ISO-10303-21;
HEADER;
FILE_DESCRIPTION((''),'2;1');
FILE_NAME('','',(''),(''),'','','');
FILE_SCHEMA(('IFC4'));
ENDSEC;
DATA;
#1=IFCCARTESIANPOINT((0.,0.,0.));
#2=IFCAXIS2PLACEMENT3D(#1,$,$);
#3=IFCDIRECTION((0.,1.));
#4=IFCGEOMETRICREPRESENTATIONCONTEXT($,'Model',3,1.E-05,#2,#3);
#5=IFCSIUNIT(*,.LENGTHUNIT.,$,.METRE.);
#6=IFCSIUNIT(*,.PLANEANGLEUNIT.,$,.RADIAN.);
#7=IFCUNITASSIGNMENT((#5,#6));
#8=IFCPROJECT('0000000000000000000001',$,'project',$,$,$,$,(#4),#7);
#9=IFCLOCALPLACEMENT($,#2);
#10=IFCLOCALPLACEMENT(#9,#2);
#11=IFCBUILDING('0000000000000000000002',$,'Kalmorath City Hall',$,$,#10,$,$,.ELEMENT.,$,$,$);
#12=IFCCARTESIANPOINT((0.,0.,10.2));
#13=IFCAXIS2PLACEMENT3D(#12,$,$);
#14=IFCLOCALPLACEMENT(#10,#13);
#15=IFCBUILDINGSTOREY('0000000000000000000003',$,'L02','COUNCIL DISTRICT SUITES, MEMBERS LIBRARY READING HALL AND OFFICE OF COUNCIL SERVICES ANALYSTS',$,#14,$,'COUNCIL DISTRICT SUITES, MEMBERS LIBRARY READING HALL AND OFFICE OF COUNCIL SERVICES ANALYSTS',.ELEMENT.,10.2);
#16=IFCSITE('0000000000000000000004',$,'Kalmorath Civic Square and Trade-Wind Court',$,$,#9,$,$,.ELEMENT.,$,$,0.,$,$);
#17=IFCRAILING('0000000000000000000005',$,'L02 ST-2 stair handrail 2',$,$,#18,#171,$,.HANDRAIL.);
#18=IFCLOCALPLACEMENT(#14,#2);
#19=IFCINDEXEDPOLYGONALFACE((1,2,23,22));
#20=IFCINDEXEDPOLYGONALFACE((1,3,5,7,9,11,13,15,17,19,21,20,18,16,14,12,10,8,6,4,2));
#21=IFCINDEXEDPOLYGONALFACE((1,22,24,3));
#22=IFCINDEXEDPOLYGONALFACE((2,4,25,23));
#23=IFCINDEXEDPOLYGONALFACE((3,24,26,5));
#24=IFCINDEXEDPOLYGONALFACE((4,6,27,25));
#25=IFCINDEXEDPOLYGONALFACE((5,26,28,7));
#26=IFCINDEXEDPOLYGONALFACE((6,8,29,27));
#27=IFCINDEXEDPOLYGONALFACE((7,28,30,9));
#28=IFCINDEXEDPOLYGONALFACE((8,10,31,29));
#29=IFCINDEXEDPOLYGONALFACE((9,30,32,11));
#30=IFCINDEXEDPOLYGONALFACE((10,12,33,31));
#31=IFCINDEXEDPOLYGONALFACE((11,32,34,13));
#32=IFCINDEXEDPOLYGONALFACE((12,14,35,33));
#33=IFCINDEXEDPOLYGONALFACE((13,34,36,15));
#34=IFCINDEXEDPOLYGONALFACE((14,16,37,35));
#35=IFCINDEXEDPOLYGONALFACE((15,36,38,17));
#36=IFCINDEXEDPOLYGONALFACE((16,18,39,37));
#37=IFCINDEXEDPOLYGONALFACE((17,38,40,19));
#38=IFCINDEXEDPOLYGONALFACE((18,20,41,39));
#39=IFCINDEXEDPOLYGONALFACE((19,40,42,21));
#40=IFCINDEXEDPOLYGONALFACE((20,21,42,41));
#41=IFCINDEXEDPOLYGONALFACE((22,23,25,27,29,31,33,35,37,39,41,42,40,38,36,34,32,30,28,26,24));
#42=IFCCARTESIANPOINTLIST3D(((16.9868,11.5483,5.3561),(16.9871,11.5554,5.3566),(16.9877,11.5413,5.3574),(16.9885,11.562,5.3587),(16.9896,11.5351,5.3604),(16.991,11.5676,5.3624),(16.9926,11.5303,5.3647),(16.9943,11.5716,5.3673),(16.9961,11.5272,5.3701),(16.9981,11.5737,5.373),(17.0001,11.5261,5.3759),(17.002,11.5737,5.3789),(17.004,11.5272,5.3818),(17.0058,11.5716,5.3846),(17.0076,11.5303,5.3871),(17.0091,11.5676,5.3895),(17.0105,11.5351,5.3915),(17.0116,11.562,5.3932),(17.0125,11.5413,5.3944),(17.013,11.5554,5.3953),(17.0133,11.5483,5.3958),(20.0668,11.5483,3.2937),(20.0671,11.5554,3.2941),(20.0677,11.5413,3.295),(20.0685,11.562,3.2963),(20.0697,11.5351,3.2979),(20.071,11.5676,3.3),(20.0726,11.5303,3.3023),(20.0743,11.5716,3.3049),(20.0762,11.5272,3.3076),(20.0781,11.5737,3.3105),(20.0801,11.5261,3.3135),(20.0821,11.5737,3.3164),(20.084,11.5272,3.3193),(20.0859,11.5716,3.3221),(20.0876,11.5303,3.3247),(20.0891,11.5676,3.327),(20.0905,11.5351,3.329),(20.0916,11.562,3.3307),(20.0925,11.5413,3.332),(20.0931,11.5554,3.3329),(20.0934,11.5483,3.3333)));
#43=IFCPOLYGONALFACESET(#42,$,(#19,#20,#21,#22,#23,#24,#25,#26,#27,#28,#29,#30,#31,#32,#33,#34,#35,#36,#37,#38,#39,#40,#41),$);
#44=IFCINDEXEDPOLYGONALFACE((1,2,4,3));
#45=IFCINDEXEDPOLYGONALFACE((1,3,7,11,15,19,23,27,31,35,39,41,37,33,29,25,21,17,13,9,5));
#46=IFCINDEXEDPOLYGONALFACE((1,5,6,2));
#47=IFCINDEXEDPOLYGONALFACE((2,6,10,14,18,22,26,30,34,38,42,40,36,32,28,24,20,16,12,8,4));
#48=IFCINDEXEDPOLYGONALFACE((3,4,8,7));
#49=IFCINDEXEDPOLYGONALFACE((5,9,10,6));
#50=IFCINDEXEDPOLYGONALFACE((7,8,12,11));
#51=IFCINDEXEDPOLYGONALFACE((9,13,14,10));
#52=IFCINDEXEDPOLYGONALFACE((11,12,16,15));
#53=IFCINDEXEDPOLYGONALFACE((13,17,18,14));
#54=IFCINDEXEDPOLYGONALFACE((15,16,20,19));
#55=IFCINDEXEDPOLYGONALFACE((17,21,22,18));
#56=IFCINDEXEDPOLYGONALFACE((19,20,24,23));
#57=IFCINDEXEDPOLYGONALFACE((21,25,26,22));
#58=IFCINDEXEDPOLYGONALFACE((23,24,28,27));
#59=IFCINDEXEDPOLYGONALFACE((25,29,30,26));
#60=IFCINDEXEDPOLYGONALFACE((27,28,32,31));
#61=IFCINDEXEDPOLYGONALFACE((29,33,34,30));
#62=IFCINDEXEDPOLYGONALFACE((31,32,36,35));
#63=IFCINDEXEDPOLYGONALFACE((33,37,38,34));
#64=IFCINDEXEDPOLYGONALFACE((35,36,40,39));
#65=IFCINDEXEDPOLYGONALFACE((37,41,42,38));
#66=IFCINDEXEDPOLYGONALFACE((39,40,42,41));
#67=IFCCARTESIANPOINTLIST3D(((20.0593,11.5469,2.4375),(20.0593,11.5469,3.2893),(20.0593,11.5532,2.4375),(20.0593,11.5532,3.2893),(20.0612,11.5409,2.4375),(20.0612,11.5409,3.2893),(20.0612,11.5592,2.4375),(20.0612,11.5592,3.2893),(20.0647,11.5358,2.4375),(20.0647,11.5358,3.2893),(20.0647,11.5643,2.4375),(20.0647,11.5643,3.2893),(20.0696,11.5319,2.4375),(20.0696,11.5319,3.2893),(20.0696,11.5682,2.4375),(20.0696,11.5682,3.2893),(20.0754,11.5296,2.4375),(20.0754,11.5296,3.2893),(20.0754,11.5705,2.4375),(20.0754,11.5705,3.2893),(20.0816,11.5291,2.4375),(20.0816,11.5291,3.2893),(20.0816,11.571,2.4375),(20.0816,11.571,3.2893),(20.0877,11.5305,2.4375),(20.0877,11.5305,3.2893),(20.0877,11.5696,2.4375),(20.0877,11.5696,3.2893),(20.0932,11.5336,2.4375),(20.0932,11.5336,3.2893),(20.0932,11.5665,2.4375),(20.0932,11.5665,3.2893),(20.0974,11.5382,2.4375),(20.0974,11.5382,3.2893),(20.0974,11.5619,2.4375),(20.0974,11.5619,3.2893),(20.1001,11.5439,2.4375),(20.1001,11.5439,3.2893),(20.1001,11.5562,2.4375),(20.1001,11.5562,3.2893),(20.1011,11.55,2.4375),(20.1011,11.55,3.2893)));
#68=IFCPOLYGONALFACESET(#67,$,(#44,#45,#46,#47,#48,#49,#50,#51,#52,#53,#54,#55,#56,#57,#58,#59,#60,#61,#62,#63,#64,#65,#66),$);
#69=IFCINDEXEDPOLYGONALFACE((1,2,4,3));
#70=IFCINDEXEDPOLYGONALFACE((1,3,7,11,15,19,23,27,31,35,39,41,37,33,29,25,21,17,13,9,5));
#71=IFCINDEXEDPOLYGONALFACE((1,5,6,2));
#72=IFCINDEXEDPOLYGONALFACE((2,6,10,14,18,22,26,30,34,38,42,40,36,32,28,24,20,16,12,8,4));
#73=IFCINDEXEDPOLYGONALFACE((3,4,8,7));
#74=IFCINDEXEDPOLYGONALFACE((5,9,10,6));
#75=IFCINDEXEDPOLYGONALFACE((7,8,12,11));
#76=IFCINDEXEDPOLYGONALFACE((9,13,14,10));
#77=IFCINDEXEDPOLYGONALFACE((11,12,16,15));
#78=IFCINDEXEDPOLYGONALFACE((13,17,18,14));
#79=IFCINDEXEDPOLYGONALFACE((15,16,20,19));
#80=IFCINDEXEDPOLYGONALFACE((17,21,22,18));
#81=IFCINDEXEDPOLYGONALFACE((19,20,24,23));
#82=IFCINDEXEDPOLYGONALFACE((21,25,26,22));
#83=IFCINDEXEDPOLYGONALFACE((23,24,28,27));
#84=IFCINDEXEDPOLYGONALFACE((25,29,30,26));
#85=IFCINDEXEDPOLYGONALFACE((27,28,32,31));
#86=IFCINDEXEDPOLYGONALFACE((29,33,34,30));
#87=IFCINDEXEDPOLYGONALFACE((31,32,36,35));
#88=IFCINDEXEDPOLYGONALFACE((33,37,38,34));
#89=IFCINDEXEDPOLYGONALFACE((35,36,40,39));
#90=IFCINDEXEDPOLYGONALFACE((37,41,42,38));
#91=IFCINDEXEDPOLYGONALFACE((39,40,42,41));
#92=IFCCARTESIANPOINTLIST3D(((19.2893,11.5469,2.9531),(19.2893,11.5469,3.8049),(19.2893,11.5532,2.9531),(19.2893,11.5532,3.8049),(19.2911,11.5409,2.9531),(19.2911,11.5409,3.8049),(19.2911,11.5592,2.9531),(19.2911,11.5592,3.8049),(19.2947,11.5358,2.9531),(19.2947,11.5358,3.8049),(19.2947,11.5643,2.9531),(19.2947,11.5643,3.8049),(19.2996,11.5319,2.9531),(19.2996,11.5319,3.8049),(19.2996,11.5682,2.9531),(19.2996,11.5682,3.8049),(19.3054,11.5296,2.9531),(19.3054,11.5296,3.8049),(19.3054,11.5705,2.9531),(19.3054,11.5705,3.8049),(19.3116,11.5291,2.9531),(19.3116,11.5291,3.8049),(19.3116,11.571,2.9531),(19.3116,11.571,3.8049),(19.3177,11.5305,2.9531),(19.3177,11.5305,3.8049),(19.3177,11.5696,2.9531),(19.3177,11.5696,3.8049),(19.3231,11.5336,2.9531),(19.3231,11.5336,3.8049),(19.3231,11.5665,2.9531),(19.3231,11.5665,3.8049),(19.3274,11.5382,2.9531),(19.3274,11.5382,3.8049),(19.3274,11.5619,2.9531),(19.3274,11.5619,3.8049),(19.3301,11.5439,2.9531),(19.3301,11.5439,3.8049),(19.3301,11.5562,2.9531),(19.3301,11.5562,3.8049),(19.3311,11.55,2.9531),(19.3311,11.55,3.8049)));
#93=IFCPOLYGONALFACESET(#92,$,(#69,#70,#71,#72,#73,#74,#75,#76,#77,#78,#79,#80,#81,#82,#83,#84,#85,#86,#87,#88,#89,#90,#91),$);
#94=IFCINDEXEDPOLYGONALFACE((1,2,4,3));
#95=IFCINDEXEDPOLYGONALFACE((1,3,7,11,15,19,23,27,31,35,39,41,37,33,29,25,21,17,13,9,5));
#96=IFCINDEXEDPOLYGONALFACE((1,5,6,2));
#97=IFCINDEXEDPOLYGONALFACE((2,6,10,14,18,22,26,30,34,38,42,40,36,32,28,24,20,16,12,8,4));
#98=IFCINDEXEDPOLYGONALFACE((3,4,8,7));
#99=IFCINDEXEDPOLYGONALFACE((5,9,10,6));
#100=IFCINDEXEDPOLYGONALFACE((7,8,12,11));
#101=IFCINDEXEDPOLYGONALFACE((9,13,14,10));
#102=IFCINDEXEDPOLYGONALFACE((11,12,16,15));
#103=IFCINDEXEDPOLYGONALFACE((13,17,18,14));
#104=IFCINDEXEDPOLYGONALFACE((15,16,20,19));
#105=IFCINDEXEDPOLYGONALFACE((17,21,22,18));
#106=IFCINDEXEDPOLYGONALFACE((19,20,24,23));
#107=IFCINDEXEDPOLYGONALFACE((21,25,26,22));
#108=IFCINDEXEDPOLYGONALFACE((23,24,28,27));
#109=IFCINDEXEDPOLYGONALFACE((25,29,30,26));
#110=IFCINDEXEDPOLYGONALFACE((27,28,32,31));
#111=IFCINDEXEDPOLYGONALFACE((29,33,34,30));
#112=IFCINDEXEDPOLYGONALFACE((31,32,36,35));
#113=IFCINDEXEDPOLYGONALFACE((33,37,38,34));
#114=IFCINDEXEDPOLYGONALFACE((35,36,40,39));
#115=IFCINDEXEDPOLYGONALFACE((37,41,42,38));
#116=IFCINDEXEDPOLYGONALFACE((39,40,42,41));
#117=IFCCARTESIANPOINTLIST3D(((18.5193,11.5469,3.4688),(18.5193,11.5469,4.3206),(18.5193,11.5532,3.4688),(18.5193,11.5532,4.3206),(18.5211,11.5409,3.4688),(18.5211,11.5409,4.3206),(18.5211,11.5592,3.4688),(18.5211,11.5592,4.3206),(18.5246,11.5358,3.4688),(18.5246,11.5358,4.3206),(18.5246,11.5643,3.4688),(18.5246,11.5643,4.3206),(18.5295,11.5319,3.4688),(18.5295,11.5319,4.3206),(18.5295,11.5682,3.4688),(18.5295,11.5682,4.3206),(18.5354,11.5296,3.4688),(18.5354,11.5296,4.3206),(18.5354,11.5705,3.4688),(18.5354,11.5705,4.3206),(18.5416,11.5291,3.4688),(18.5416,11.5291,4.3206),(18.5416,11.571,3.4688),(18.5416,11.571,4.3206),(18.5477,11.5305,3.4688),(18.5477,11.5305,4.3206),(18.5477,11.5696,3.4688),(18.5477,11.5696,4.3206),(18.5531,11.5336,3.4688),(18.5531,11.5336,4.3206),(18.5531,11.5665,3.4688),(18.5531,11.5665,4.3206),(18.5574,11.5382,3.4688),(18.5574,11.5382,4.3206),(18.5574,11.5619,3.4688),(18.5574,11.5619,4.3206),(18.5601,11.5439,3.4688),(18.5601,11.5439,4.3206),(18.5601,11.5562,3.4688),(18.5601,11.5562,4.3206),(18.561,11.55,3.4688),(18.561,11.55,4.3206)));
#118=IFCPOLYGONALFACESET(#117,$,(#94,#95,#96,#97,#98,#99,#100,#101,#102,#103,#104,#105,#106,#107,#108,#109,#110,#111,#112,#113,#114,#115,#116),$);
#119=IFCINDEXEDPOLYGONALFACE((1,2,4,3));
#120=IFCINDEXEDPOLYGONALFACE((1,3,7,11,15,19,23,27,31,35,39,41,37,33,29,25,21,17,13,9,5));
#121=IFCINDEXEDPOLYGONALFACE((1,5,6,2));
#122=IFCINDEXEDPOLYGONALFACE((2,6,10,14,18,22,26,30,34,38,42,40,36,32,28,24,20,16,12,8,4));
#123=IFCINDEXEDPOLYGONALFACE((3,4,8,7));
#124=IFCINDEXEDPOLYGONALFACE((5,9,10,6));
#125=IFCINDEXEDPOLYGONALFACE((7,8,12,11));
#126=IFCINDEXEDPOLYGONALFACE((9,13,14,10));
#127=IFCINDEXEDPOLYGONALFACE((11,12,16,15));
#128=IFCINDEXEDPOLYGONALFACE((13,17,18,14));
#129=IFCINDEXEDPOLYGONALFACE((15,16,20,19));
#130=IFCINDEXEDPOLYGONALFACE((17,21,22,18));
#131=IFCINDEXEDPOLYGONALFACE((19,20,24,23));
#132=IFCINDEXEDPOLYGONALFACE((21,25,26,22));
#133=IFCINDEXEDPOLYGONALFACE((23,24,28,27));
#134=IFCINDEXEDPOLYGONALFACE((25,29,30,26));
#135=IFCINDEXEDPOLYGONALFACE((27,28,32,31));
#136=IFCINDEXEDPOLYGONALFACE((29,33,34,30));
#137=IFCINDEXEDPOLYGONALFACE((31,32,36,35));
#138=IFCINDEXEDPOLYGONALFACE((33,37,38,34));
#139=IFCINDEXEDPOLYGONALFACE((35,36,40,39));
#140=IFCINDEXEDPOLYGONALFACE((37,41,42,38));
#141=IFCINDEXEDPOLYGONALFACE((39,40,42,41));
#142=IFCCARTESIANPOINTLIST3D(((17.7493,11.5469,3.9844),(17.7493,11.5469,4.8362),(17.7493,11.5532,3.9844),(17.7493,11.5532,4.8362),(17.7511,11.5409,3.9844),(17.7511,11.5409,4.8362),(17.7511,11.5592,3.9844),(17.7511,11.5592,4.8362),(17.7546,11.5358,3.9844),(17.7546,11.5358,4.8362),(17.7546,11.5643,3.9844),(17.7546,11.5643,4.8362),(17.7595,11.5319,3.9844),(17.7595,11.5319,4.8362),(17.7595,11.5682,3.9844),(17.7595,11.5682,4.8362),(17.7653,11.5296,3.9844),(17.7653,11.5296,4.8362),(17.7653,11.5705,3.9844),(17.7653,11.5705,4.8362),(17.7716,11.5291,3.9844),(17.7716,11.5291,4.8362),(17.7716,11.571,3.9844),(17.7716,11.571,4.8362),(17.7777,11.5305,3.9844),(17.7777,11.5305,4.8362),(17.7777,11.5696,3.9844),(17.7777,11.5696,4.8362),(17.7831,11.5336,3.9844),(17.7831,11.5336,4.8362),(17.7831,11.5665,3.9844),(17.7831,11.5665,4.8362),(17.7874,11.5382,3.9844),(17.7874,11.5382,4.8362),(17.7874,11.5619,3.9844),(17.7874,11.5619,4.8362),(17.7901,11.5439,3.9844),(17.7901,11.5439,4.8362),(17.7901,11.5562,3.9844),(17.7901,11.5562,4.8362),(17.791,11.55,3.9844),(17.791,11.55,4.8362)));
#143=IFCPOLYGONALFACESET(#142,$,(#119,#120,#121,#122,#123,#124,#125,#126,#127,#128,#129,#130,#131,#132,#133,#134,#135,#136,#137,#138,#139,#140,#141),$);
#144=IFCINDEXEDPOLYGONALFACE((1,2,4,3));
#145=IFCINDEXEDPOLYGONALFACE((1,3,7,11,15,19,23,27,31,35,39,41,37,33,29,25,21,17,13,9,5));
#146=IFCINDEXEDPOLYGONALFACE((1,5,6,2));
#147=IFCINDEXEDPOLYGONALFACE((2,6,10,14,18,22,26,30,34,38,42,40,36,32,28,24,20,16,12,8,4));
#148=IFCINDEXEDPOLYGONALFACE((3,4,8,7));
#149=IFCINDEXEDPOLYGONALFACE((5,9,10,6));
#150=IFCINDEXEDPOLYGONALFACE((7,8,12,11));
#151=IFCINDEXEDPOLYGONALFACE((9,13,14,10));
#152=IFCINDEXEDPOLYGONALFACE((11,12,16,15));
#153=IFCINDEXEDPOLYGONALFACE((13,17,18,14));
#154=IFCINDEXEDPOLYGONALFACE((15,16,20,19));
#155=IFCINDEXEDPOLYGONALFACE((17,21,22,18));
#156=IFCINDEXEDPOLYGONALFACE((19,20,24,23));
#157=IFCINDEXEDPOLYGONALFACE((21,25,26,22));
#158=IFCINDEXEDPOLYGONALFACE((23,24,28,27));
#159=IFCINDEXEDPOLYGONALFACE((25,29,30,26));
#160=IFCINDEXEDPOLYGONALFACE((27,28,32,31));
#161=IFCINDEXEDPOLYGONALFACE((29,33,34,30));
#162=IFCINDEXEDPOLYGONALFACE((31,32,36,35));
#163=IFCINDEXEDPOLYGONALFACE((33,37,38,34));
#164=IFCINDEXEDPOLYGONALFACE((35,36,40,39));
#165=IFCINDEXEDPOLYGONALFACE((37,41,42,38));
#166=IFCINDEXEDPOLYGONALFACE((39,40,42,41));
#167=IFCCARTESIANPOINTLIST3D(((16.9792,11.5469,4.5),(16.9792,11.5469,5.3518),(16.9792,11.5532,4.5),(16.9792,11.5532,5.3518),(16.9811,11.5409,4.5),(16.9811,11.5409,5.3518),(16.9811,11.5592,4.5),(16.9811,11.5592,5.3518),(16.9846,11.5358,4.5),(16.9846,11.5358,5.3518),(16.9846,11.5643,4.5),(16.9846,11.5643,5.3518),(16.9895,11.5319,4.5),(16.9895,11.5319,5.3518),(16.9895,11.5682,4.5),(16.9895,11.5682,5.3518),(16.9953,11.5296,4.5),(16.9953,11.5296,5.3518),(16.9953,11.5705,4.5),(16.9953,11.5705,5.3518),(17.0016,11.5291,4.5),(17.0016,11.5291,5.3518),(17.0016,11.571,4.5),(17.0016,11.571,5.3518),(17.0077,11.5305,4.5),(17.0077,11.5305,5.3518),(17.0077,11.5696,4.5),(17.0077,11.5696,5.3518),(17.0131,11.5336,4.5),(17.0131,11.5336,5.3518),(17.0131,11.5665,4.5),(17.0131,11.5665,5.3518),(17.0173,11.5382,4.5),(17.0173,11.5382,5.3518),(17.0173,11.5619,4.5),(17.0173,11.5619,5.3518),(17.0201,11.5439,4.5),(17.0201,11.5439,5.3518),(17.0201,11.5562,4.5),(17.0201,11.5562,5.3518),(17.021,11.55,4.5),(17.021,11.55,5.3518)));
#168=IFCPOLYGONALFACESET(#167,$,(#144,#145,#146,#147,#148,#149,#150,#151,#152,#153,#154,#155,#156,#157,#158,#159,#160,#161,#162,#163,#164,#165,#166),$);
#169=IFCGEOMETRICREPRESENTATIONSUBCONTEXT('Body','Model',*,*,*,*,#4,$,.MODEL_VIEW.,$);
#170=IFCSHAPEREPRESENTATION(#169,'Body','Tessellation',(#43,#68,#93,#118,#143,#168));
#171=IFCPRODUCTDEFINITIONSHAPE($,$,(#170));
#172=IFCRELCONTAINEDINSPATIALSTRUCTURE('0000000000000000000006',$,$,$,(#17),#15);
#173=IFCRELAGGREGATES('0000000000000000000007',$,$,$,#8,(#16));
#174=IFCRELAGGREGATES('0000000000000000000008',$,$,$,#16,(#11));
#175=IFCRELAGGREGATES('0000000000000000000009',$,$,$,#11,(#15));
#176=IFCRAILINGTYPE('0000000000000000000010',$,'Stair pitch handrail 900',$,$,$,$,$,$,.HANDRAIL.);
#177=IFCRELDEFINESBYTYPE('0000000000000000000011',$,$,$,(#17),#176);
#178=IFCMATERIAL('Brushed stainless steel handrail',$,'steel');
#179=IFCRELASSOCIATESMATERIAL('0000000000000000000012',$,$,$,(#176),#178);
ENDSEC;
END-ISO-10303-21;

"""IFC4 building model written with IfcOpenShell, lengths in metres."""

from ifc_helpers import new_model, si_unit, direction, frame, origin, origin_2d, place, context, subcontext, project, spatial, circle, extrude, material, type_object, element, save


model = new_model("IFC4")

# Units and contexts
model_context = context("Model", 3, precision=1e-05, world=origin(), true_north=direction((0.0, 1.0)))
body_context = subcontext(model_context, "Body", "Model", "MODEL_VIEW")
ifc_project = project(units=[si_unit("LENGTHUNIT", "METRE"), si_unit("PLANEANGLEUNIT", "RADIAN")], contexts=[model_context])

# Site, building, storey
site_placement = place(None, origin())
site = spatial("IfcSite", under=ifc_project, at=site_placement, Name="Kalmorath Civic Square and Trade-Wind Court", CompositionType="ELEMENT", RefElevation=0.0)
building_placement = place(site_placement, origin())
building = spatial("IfcBuilding", under=site, at=building_placement, Name="Kalmorath City Hall", CompositionType="ELEMENT")
storey_placement = place(building_placement, frame((0.0, 0.0, 10.2)))
storey = spatial("IfcBuildingStorey", under=building, at=storey_placement, Name="L02", Description="COUNCIL DISTRICT SUITES, MEMBERS LIBRARY READING HALL AND OFFICE OF COUNCIL SERVICES ANALYSTS", LongName="COUNCIL DISTRICT SUITES, MEMBERS LIBRARY READING HALL AND OFFICE OF COUNCIL SERVICES ANALYSTS", CompositionType="ELEMENT", Elevation=10.2)

# Railing
ifc_material_1 = material(Name="Brushed stainless steel handrail", Category="steel")
railing_type_1 = type_object("IfcRailingType", Name="Stair pitch handrail 900", PredefinedType="HANDRAIL", material=ifc_material_1)
railing_1_placement = place(storey_placement, frame((20.0801, 11.55, 2.4375)))
element("IfcRailing", 1, at=railing_1_placement, inside=storey, type_object=railing_type_1, Name="L02 ST-2 stair handrail 2", PredefinedType="HANDRAIL", context=body_context, shape_type="SweptSolid", body=[
    extrude(circle(Radius=0.0239, at=origin_2d()), frame((0.0, 0.0, 0.876), z_axis=(-0.830914, 0.0, 0.556401), x_axis=(0.0, -1.0, 0.0)), (0.0, 0.0, 1.0), 3.7068),
    extrude(circle(Radius=0.021, at=origin_2d()), origin(), (0.0, 0.0, 1.0), 0.8518),
    extrude(circle(Radius=0.021, at=origin_2d()), frame((-0.77, 0.0, 0.5156)), (0.0, 0.0, 1.0), 0.8518),
    extrude(circle(Radius=0.021, at=origin_2d()), frame((-1.54, 0.0, 1.0312)), (0.0, 0.0, 1.0), 0.8518),
    extrude(circle(Radius=0.021, at=origin_2d()), frame((-2.3101, 0.0, 1.5469)), (0.0, 0.0, 1.0), 0.8518),
    extrude(circle(Radius=0.021, at=origin_2d()), frame((-3.0801, 0.0, 2.0625)), (0.0, 0.0, 1.0), 0.8518),
])

save(model, "model.ifc")
